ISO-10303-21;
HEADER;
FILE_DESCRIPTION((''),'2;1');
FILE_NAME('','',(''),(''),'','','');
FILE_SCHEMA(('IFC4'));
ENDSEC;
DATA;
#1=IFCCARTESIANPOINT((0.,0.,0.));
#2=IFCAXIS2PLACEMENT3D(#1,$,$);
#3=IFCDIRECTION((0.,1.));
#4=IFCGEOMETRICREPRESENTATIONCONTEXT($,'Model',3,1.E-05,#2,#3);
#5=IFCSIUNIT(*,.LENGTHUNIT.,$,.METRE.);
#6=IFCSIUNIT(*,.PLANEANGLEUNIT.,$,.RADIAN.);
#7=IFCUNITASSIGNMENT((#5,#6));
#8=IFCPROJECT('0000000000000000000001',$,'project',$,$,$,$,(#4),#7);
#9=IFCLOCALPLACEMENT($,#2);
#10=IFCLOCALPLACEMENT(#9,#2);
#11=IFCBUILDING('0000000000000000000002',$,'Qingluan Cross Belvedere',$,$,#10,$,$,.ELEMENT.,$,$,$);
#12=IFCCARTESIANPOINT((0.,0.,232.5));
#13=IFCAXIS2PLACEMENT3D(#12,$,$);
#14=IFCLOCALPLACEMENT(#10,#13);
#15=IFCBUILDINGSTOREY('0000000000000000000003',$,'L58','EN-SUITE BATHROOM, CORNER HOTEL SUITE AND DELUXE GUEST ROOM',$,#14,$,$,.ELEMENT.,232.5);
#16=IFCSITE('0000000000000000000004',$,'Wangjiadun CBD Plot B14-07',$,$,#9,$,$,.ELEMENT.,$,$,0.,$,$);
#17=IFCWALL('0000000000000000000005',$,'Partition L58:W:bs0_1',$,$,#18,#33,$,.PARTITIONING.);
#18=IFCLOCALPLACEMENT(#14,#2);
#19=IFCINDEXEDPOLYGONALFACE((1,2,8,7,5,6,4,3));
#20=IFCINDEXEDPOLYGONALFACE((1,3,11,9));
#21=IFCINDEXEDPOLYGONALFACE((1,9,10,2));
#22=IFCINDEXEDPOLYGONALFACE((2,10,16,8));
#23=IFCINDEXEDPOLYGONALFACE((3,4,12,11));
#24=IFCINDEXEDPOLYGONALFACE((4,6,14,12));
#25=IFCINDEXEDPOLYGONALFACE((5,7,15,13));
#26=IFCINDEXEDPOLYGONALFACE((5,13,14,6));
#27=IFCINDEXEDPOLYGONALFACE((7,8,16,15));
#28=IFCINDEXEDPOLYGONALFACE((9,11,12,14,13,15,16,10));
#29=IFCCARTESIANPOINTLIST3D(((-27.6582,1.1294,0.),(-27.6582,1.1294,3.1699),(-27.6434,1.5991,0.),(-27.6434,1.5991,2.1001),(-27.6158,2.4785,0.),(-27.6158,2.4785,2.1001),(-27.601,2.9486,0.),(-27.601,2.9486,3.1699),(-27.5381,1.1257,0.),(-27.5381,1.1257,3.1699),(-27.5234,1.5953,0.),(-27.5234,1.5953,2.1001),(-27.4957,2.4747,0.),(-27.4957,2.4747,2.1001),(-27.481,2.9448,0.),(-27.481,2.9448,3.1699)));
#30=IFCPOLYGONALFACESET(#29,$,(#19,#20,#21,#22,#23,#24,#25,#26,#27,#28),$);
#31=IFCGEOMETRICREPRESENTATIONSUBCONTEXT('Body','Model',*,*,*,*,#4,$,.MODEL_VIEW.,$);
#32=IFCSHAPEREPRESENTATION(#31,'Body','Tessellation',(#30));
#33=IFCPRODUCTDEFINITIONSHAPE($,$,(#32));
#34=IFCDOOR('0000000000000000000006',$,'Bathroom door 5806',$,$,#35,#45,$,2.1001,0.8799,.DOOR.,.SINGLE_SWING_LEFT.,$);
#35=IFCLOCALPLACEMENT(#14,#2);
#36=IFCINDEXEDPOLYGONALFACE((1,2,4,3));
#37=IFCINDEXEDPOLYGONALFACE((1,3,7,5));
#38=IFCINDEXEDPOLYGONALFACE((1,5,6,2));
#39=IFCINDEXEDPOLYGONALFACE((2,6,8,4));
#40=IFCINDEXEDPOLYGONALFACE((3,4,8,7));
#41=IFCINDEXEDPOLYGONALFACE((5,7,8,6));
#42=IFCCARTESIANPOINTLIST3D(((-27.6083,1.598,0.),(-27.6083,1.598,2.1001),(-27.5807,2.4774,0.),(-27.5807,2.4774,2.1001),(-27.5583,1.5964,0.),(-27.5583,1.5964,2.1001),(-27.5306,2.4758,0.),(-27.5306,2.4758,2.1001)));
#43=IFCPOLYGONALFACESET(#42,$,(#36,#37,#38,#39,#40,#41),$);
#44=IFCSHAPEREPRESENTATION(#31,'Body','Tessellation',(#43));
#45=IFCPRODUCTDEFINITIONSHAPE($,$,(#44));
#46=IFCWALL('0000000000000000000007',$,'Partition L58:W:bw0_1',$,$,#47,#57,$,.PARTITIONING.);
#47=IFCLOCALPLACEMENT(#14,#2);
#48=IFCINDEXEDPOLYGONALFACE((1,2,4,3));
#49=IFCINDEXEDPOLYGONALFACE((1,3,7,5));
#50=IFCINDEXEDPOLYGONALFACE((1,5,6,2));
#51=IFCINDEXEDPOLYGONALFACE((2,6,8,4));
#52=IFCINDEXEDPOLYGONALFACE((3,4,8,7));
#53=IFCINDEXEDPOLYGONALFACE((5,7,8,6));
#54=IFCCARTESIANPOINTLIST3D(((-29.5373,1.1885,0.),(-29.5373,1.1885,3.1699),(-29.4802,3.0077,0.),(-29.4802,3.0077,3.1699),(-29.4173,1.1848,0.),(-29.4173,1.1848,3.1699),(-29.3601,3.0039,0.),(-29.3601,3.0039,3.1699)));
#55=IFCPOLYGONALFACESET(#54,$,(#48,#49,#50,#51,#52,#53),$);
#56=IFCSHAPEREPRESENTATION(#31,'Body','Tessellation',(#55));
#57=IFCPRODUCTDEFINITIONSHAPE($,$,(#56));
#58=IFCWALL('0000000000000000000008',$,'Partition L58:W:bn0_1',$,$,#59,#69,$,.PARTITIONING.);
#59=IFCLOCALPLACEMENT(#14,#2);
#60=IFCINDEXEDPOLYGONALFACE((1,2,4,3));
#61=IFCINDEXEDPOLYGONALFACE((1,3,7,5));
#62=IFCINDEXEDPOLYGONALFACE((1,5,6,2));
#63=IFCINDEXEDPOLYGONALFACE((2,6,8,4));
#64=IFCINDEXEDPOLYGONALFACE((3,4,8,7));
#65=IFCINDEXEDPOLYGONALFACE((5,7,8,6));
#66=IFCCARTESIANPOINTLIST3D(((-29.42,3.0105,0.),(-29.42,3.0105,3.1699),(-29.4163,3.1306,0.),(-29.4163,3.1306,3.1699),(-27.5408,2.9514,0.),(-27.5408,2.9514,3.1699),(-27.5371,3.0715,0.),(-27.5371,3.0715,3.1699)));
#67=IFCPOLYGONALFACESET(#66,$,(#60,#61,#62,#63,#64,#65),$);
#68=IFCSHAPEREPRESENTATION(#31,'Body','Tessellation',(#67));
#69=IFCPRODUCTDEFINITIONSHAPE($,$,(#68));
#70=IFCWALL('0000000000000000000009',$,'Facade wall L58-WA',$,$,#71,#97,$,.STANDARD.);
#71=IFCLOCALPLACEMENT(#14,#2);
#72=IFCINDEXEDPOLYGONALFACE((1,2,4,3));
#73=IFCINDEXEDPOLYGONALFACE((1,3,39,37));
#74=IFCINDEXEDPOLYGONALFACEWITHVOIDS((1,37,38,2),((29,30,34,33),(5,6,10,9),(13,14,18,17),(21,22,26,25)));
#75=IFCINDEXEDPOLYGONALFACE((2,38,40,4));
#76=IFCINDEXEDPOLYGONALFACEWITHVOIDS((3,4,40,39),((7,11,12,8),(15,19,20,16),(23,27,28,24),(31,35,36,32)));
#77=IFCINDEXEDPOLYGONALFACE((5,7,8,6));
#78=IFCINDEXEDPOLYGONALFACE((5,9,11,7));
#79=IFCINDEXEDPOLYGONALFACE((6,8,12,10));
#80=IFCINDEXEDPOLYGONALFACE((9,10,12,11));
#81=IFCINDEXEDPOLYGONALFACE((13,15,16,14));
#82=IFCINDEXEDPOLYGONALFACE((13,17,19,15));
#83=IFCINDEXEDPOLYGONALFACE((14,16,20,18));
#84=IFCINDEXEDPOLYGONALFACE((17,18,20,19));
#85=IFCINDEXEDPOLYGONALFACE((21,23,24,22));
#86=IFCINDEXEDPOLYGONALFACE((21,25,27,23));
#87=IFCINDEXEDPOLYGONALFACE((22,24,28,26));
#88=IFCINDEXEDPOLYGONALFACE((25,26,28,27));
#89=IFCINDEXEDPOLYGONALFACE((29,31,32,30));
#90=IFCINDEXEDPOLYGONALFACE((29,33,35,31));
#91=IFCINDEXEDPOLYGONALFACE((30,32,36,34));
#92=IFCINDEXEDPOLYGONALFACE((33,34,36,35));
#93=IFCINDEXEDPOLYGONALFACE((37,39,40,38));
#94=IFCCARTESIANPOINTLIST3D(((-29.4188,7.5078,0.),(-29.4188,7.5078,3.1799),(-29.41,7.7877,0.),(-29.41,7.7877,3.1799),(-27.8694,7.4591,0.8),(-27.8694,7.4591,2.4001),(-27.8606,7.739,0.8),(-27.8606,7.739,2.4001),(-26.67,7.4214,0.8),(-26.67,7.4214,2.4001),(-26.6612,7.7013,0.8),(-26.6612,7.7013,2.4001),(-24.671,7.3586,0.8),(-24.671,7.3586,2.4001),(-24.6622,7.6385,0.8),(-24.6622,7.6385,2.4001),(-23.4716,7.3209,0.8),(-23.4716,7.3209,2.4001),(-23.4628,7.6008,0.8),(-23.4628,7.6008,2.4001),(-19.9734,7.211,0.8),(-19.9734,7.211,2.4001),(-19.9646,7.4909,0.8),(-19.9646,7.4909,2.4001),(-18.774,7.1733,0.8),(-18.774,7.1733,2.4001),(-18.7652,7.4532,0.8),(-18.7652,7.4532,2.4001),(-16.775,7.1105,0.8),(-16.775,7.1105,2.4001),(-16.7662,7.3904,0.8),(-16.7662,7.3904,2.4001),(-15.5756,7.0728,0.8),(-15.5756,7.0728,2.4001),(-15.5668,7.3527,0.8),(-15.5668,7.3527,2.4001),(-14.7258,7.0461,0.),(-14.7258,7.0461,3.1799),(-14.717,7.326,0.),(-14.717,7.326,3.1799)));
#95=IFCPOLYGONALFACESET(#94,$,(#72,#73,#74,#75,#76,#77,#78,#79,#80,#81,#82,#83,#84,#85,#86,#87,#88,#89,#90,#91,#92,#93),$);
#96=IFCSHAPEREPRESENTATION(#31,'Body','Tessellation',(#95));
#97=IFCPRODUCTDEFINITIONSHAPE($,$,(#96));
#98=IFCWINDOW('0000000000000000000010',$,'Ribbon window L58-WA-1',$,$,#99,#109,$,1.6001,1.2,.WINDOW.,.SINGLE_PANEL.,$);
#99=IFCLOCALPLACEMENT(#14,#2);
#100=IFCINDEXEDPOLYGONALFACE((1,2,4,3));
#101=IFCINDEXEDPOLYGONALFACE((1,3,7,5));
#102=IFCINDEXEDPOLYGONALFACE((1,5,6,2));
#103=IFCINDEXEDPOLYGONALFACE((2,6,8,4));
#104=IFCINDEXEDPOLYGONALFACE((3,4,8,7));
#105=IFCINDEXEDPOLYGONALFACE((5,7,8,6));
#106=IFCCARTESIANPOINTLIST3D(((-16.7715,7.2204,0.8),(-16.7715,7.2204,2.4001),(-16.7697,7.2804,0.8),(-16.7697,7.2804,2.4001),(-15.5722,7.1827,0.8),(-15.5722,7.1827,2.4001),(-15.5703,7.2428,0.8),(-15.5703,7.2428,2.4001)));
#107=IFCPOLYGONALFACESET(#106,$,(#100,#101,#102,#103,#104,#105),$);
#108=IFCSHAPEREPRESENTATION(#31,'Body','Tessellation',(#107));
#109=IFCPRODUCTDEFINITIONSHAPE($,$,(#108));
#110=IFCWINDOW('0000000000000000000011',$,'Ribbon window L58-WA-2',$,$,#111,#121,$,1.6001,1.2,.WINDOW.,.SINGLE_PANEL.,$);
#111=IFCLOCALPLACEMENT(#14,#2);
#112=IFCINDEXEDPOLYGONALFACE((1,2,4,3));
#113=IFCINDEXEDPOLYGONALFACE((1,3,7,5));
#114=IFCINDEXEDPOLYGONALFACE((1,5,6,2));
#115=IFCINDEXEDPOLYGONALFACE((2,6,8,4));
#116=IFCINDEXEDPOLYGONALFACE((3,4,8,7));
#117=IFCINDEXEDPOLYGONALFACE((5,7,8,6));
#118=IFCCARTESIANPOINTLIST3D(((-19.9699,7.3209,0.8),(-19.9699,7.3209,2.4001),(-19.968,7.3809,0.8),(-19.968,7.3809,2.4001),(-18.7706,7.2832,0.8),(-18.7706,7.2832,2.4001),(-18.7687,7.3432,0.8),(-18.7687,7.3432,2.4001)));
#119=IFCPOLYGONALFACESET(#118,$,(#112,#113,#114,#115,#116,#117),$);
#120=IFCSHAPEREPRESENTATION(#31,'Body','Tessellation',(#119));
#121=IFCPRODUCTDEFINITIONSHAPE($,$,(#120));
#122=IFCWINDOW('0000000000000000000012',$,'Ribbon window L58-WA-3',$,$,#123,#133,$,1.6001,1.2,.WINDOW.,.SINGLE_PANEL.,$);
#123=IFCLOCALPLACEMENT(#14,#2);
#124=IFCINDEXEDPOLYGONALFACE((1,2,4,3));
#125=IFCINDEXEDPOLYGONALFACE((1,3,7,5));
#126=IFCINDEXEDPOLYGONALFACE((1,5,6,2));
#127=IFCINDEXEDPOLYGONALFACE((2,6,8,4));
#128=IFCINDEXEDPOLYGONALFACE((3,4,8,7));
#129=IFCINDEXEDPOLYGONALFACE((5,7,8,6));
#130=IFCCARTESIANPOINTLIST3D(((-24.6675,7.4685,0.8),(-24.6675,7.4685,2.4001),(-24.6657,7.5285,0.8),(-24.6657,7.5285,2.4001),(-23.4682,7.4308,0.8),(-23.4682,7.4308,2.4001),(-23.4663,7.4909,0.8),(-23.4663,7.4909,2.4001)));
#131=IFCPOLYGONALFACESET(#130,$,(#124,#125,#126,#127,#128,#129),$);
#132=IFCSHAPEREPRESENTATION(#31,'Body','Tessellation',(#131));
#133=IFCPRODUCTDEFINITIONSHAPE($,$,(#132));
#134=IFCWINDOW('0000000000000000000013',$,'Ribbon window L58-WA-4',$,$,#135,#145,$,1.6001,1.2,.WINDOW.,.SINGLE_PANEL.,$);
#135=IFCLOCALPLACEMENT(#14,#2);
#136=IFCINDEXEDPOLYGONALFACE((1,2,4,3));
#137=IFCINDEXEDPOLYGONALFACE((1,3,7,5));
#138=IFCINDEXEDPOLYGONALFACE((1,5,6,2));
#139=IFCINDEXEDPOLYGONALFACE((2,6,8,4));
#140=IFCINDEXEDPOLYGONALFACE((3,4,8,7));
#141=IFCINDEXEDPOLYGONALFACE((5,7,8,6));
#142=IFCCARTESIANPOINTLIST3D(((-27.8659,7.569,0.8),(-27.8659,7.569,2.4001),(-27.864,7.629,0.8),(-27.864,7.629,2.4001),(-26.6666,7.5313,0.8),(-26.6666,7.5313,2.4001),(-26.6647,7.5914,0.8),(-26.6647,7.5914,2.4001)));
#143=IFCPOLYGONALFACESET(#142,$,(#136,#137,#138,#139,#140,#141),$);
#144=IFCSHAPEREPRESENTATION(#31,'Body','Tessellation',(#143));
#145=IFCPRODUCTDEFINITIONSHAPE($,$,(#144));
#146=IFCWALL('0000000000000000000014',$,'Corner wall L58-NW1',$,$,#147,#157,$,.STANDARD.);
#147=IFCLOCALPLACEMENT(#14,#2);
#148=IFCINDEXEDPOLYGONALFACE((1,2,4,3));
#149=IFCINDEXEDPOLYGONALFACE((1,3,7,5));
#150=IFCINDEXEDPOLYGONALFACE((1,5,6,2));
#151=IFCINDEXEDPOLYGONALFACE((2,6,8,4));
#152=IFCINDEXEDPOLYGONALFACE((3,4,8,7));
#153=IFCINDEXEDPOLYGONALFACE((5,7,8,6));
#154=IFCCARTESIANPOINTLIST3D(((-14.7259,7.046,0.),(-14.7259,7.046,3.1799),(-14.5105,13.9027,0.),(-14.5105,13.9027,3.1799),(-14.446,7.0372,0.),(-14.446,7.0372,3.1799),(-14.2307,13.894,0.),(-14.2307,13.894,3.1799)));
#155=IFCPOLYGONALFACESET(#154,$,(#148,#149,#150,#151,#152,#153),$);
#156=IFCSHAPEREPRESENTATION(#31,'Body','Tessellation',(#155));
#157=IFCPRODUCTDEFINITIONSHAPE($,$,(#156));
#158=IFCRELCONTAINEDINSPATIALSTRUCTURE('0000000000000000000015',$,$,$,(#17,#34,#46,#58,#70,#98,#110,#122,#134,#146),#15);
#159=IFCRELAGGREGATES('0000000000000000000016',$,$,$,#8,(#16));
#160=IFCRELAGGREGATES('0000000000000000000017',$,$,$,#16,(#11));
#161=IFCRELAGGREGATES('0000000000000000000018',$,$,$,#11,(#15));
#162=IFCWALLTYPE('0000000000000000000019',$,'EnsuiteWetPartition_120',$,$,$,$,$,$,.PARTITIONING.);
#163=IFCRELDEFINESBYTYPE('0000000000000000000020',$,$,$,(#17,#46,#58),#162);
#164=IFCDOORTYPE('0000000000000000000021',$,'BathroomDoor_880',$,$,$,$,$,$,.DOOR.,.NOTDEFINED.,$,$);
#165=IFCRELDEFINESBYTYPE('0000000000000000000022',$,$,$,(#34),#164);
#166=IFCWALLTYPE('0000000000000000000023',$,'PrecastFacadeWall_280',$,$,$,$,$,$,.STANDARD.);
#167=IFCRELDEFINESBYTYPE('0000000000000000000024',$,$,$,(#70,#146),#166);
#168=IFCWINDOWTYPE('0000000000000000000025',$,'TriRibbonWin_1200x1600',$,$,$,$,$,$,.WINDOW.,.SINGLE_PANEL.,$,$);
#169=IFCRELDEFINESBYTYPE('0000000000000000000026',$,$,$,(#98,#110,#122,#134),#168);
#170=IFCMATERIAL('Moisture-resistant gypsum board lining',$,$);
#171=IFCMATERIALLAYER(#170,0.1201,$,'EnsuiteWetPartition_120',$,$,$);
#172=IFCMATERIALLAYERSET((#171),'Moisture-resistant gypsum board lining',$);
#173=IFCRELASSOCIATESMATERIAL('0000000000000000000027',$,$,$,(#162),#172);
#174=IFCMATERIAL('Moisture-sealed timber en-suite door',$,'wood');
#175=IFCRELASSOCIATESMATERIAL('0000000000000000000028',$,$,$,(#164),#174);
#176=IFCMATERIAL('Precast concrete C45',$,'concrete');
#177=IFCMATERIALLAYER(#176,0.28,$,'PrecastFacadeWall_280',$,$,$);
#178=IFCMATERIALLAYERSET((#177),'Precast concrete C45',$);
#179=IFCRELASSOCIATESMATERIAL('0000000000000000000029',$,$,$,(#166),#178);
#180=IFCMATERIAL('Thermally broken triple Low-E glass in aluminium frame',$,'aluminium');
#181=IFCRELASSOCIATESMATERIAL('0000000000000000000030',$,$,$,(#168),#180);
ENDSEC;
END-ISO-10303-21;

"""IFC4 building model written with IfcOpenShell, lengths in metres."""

from ifc_helpers import new_model, si_unit, direction, frame, frame_2d, origin, place, context, subcontext, project, spatial, rectangle, extrude, material, layer, layer_set, type_object, element, fill, save


model = new_model("IFC4")

# Units and contexts
model_context = context("Model", 3, precision=1e-05, world=origin(), true_north=direction((0.0, 1.0)))
body_context = subcontext(model_context, "Body", "Model", "MODEL_VIEW")
ifc_project = project(units=[si_unit("LENGTHUNIT", "METRE"), si_unit("PLANEANGLEUNIT", "RADIAN")], contexts=[model_context])

# Site, building, storey
site_placement = place(None, origin())
site = spatial("IfcSite", under=ifc_project, at=site_placement, Name="Wangjiadun CBD Plot B14-07", CompositionType="ELEMENT", RefElevation=0.0)
building_placement = place(site_placement, origin())
building = spatial("IfcBuilding", under=site, at=building_placement, Name="Qingluan Cross Belvedere", CompositionType="ELEMENT")
storey_placement = place(building_placement, frame((0.0, 0.0, 232.5)))
storey = spatial("IfcBuildingStorey", under=building, at=storey_placement, Name="L58", Description="EN-SUITE BATHROOM, CORNER HOTEL SUITE AND DELUXE GUEST ROOM", CompositionType="ELEMENT", Elevation=232.5)

# Shared definitions
ifc_material_1 = material(Name="Moisture-resistant gypsum board lining")
ifc_layer_1 = layer(ifc_material_1, 0.1201, Name="EnsuiteWetPartition_120")
ifc_layer_set_1 = layer_set([ifc_layer_1], Name="Moisture-resistant gypsum board lining")
wall_type_1 = type_object("IfcWallType", Name="EnsuiteWetPartition_120", PredefinedType="PARTITIONING", material=ifc_layer_set_1)
ifc_material_2 = material(Name="Moisture-sealed timber en-suite door", Category="wood")
door_type_1 = type_object("IfcDoorType", Name="BathroomDoor_880", OperationType="NOTDEFINED", PredefinedType="DOOR", material=ifc_material_2)

# Wall, opening, door
wall_1_placement = place(storey_placement, frame((-27.5981, 1.1274, 0.0), z_axis=(0.0, 0.0, 1.0), x_axis=(0.03139, 0.999507, 0.0)))
wall_1 = element("IfcWall", 1, at=wall_1_placement, inside=storey, type_object=wall_type_1, Name="Partition L58:W:bs0_1", PredefinedType="PARTITIONING", context=body_context, shape_type="SweptSolid", body=[
    extrude(rectangle(XDim=1.8201, YDim=0.1201, at=frame_2d((0.9102, 0.0))), origin(), (0.0, 0.0, 1.0), 3.1699),
])
opening_1_placement = place(wall_1_placement, frame((0.47, 0.0, 0.0)))
opening_1 = element("IfcOpeningElement", 2, at=opening_1_placement, cuts=wall_1, PredefinedType="OPENING", context=body_context, shape_type="SweptSolid", body=[
    extrude(rectangle(XDim=0.8799, YDim=2.1001, at=frame_2d((0.4399, 1.05))), frame((0.0, 0.0701, 0.0), z_axis=(0.0, -1.0, 0.0), x_axis=(1.0, 0.0, 0.0)), (0.0, 0.0, 1.0), 0.1401),
])
door_1_placement = place(opening_1_placement, origin())
door_1 = element("IfcDoor", 3, at=door_1_placement, inside=storey, type_object=door_type_1, Name="Bathroom door 5806", OperationType="SINGLE_SWING_LEFT", OverallHeight=2.1001, OverallWidth=0.8799, PredefinedType="DOOR", context=body_context, shape_type="SweptSolid", body=[
    extrude(rectangle(XDim=0.8799, YDim=2.1001, at=frame_2d((0.4399, 1.05))), frame((0.0, 0.0249, 0.0), z_axis=(0.0, -1.0, 0.0), x_axis=(1.0, 0.0, 0.0)), (0.0, 0.0, 1.0), 0.05),
])
fill(opening_1, door_1)

# Walls
wall_2_placement = place(storey_placement, frame((-29.4773, 1.1865, 0.0), z_axis=(0.0, 0.0, 1.0), x_axis=(0.03139, 0.999507, 0.0)))
element("IfcWall", 4, at=wall_2_placement, inside=storey, type_object=wall_type_1, Name="Partition L58:W:bw0_1", PredefinedType="PARTITIONING", context=body_context, shape_type="SweptSolid", body=[
    extrude(rectangle(XDim=1.8201, YDim=0.1201, at=frame_2d((0.9102, 0.0))), origin(), (0.0, 0.0, 1.0), 3.1699),
])
wall_3_placement = place(storey_placement, frame((-27.5391, 3.0115, 0.0), z_axis=(0.0, 0.0, 1.0), x_axis=(-0.999506, 0.031425, 0.0)))
element("IfcWall", 5, at=wall_3_placement, inside=storey, type_object=wall_type_1, Name="Partition L58:W:bn0_1", PredefinedType="PARTITIONING", context=body_context, shape_type="SweptSolid", body=[
    extrude(rectangle(XDim=1.8801, YDim=0.1201, at=frame_2d((0.9399, 0.0))), origin(), (0.0, 0.0, 1.0), 3.1699),
])

# Wall, openings, windows
ifc_material_3 = material(Name="Precast concrete C45", Category="concrete")
ifc_layer_2 = layer(ifc_material_3, 0.28, Name="PrecastFacadeWall_280")
ifc_layer_set_2 = layer_set([ifc_layer_2], Name="Precast concrete C45")
wall_type_2 = type_object("IfcWallType", Name="PrecastFacadeWall_280", PredefinedType="STANDARD", material=ifc_layer_set_2)
wall_4_placement = place(storey_placement, frame((-14.7214, 7.186, 0.0), z_axis=(0.0, 0.0, 1.0), x_axis=(-0.999507, 0.031406, 0.0)))
wall_4 = element("IfcWall", 6, at=wall_4_placement, inside=storey, type_object=wall_type_2, Name="Facade wall L58-WA", PredefinedType="STANDARD", context=body_context, shape_type="SweptSolid", body=[
    extrude(rectangle(XDim=14.7002, YDim=0.28, at=frame_2d((7.3501, 0.0))), origin(), (0.0, 0.0, 1.0), 3.1799),
])
opening_2_placement = place(wall_4_placement, frame((0.8501, 0.0, 0.8)))
opening_2 = element("IfcOpeningElement", 7, at=opening_2_placement, cuts=wall_4, PredefinedType="OPENING", context=body_context, shape_type="SweptSolid", body=[
    extrude(rectangle(XDim=1.2, YDim=1.6001, at=frame_2d((0.6001, 0.8))), frame((0.0, 0.1499, 0.0), z_axis=(0.0, -1.0, 0.0), x_axis=(1.0, 0.0, 0.0)), (0.0, 0.0, 1.0), 0.3),
])
opening_3_placement = place(wall_4_placement, frame((4.05, 0.0, 0.8)))
opening_3 = element("IfcOpeningElement", 8, at=opening_3_placement, cuts=wall_4, PredefinedType="OPENING", context=body_context, shape_type="SweptSolid", body=[
    extrude(rectangle(XDim=1.2, YDim=1.6001, at=frame_2d((0.6001, 0.8))), frame((0.0, 0.1499, 0.0), z_axis=(0.0, -1.0, 0.0), x_axis=(1.0, 0.0, 0.0)), (0.0, 0.0, 1.0), 0.3),
])
opening_4_placement = place(wall_4_placement, frame((8.75, 0.0, 0.8)))
opening_4 = element("IfcOpeningElement", 9, at=opening_4_placement, cuts=wall_4, PredefinedType="OPENING", context=body_context, shape_type="SweptSolid", body=[
    extrude(rectangle(XDim=1.2, YDim=1.6001, at=frame_2d((0.6001, 0.8))), frame((0.0, 0.1499, 0.0), z_axis=(0.0, -1.0, 0.0), x_axis=(1.0, 0.0, 0.0)), (0.0, 0.0, 1.0), 0.3),
])
opening_5_placement = place(wall_4_placement, frame((11.95, 0.0, 0.8)))
opening_5 = element("IfcOpeningElement", 10, at=opening_5_placement, cuts=wall_4, PredefinedType="OPENING", context=body_context, shape_type="SweptSolid", body=[
    extrude(rectangle(XDim=1.2, YDim=1.6001, at=frame_2d((0.6001, 0.8))), frame((0.0, 0.1499, 0.0), z_axis=(0.0, -1.0, 0.0), x_axis=(1.0, 0.0, 0.0)), (0.0, 0.0, 1.0), 0.3),
])
ifc_material_4 = material(Name="Thermally broken triple Low-E glass in aluminium frame", Category="aluminium")
window_type = type_object("IfcWindowType", Name="TriRibbonWin_1200x1600", PartitioningType="SINGLE_PANEL", PredefinedType="WINDOW", material=ifc_material_4)
window_1_placement = place(opening_2_placement, origin())
window_1 = element("IfcWindow", 11, at=window_1_placement, inside=storey, type_object=window_type, Name="Ribbon window L58-WA-1", OverallHeight=1.6001, OverallWidth=1.2, PartitioningType="SINGLE_PANEL", PredefinedType="WINDOW", context=body_context, shape_type="SweptSolid", body=[
    extrude(rectangle(XDim=1.2, YDim=1.6001, at=frame_2d((0.6001, 0.8))), frame((0.0, 0.03, 0.0), z_axis=(0.0, -1.0, 0.0), x_axis=(1.0, 0.0, 0.0)), (0.0, 0.0, 1.0), 0.0601),
])
fill(opening_2, window_1)
window_2_placement = place(opening_3_placement, origin())
window_2 = element("IfcWindow", 12, at=window_2_placement, inside=storey, type_object=window_type, Name="Ribbon window L58-WA-2", OverallHeight=1.6001, OverallWidth=1.2, PartitioningType="SINGLE_PANEL", PredefinedType="WINDOW", context=body_context, shape_type="SweptSolid", body=[
    extrude(rectangle(XDim=1.2, YDim=1.6001, at=frame_2d((0.6001, 0.8))), frame((0.0, 0.03, 0.0), z_axis=(0.0, -1.0, 0.0), x_axis=(1.0, 0.0, 0.0)), (0.0, 0.0, 1.0), 0.0601),
])
fill(opening_3, window_2)
window_3_placement = place(opening_4_placement, origin())
window_3 = element("IfcWindow", 13, at=window_3_placement, inside=storey, type_object=window_type, Name="Ribbon window L58-WA-3", OverallHeight=1.6001, OverallWidth=1.2, PartitioningType="SINGLE_PANEL", PredefinedType="WINDOW", context=body_context, shape_type="SweptSolid", body=[
    extrude(rectangle(XDim=1.2, YDim=1.6001, at=frame_2d((0.6001, 0.8))), frame((0.0, 0.03, 0.0), z_axis=(0.0, -1.0, 0.0), x_axis=(1.0, 0.0, 0.0)), (0.0, 0.0, 1.0), 0.0601),
])
fill(opening_4, window_3)
window_4_placement = place(opening_5_placement, origin())
window_4 = element("IfcWindow", 14, at=window_4_placement, inside=storey, type_object=window_type, Name="Ribbon window L58-WA-4", OverallHeight=1.6001, OverallWidth=1.2, PartitioningType="SINGLE_PANEL", PredefinedType="WINDOW", context=body_context, shape_type="SweptSolid", body=[
    extrude(rectangle(XDim=1.2, YDim=1.6001, at=frame_2d((0.6001, 0.8))), frame((0.0, 0.03, 0.0), z_axis=(0.0, -1.0, 0.0), x_axis=(1.0, 0.0, 0.0)), (0.0, 0.0, 1.0), 0.0601),
])
fill(opening_5, window_4)

# Wall
wall_5_placement = place(storey_placement, frame((-14.5859, 7.0415, 0.0), z_axis=(0.0, 0.0, 1.0), x_axis=(0.031389, 0.999507, 0.0)))
element("IfcWall", 15, at=wall_5_placement, inside=storey, type_object=wall_type_2, Name="Corner wall L58-NW1", PredefinedType="STANDARD", context=body_context, shape_type="SweptSolid", body=[
    extrude(rectangle(XDim=6.8601, YDim=0.28, at=frame_2d((3.4302, 0.0))), origin(), (0.0, 0.0, 1.0), 3.1799),
])

save(model, "model.ifc")
